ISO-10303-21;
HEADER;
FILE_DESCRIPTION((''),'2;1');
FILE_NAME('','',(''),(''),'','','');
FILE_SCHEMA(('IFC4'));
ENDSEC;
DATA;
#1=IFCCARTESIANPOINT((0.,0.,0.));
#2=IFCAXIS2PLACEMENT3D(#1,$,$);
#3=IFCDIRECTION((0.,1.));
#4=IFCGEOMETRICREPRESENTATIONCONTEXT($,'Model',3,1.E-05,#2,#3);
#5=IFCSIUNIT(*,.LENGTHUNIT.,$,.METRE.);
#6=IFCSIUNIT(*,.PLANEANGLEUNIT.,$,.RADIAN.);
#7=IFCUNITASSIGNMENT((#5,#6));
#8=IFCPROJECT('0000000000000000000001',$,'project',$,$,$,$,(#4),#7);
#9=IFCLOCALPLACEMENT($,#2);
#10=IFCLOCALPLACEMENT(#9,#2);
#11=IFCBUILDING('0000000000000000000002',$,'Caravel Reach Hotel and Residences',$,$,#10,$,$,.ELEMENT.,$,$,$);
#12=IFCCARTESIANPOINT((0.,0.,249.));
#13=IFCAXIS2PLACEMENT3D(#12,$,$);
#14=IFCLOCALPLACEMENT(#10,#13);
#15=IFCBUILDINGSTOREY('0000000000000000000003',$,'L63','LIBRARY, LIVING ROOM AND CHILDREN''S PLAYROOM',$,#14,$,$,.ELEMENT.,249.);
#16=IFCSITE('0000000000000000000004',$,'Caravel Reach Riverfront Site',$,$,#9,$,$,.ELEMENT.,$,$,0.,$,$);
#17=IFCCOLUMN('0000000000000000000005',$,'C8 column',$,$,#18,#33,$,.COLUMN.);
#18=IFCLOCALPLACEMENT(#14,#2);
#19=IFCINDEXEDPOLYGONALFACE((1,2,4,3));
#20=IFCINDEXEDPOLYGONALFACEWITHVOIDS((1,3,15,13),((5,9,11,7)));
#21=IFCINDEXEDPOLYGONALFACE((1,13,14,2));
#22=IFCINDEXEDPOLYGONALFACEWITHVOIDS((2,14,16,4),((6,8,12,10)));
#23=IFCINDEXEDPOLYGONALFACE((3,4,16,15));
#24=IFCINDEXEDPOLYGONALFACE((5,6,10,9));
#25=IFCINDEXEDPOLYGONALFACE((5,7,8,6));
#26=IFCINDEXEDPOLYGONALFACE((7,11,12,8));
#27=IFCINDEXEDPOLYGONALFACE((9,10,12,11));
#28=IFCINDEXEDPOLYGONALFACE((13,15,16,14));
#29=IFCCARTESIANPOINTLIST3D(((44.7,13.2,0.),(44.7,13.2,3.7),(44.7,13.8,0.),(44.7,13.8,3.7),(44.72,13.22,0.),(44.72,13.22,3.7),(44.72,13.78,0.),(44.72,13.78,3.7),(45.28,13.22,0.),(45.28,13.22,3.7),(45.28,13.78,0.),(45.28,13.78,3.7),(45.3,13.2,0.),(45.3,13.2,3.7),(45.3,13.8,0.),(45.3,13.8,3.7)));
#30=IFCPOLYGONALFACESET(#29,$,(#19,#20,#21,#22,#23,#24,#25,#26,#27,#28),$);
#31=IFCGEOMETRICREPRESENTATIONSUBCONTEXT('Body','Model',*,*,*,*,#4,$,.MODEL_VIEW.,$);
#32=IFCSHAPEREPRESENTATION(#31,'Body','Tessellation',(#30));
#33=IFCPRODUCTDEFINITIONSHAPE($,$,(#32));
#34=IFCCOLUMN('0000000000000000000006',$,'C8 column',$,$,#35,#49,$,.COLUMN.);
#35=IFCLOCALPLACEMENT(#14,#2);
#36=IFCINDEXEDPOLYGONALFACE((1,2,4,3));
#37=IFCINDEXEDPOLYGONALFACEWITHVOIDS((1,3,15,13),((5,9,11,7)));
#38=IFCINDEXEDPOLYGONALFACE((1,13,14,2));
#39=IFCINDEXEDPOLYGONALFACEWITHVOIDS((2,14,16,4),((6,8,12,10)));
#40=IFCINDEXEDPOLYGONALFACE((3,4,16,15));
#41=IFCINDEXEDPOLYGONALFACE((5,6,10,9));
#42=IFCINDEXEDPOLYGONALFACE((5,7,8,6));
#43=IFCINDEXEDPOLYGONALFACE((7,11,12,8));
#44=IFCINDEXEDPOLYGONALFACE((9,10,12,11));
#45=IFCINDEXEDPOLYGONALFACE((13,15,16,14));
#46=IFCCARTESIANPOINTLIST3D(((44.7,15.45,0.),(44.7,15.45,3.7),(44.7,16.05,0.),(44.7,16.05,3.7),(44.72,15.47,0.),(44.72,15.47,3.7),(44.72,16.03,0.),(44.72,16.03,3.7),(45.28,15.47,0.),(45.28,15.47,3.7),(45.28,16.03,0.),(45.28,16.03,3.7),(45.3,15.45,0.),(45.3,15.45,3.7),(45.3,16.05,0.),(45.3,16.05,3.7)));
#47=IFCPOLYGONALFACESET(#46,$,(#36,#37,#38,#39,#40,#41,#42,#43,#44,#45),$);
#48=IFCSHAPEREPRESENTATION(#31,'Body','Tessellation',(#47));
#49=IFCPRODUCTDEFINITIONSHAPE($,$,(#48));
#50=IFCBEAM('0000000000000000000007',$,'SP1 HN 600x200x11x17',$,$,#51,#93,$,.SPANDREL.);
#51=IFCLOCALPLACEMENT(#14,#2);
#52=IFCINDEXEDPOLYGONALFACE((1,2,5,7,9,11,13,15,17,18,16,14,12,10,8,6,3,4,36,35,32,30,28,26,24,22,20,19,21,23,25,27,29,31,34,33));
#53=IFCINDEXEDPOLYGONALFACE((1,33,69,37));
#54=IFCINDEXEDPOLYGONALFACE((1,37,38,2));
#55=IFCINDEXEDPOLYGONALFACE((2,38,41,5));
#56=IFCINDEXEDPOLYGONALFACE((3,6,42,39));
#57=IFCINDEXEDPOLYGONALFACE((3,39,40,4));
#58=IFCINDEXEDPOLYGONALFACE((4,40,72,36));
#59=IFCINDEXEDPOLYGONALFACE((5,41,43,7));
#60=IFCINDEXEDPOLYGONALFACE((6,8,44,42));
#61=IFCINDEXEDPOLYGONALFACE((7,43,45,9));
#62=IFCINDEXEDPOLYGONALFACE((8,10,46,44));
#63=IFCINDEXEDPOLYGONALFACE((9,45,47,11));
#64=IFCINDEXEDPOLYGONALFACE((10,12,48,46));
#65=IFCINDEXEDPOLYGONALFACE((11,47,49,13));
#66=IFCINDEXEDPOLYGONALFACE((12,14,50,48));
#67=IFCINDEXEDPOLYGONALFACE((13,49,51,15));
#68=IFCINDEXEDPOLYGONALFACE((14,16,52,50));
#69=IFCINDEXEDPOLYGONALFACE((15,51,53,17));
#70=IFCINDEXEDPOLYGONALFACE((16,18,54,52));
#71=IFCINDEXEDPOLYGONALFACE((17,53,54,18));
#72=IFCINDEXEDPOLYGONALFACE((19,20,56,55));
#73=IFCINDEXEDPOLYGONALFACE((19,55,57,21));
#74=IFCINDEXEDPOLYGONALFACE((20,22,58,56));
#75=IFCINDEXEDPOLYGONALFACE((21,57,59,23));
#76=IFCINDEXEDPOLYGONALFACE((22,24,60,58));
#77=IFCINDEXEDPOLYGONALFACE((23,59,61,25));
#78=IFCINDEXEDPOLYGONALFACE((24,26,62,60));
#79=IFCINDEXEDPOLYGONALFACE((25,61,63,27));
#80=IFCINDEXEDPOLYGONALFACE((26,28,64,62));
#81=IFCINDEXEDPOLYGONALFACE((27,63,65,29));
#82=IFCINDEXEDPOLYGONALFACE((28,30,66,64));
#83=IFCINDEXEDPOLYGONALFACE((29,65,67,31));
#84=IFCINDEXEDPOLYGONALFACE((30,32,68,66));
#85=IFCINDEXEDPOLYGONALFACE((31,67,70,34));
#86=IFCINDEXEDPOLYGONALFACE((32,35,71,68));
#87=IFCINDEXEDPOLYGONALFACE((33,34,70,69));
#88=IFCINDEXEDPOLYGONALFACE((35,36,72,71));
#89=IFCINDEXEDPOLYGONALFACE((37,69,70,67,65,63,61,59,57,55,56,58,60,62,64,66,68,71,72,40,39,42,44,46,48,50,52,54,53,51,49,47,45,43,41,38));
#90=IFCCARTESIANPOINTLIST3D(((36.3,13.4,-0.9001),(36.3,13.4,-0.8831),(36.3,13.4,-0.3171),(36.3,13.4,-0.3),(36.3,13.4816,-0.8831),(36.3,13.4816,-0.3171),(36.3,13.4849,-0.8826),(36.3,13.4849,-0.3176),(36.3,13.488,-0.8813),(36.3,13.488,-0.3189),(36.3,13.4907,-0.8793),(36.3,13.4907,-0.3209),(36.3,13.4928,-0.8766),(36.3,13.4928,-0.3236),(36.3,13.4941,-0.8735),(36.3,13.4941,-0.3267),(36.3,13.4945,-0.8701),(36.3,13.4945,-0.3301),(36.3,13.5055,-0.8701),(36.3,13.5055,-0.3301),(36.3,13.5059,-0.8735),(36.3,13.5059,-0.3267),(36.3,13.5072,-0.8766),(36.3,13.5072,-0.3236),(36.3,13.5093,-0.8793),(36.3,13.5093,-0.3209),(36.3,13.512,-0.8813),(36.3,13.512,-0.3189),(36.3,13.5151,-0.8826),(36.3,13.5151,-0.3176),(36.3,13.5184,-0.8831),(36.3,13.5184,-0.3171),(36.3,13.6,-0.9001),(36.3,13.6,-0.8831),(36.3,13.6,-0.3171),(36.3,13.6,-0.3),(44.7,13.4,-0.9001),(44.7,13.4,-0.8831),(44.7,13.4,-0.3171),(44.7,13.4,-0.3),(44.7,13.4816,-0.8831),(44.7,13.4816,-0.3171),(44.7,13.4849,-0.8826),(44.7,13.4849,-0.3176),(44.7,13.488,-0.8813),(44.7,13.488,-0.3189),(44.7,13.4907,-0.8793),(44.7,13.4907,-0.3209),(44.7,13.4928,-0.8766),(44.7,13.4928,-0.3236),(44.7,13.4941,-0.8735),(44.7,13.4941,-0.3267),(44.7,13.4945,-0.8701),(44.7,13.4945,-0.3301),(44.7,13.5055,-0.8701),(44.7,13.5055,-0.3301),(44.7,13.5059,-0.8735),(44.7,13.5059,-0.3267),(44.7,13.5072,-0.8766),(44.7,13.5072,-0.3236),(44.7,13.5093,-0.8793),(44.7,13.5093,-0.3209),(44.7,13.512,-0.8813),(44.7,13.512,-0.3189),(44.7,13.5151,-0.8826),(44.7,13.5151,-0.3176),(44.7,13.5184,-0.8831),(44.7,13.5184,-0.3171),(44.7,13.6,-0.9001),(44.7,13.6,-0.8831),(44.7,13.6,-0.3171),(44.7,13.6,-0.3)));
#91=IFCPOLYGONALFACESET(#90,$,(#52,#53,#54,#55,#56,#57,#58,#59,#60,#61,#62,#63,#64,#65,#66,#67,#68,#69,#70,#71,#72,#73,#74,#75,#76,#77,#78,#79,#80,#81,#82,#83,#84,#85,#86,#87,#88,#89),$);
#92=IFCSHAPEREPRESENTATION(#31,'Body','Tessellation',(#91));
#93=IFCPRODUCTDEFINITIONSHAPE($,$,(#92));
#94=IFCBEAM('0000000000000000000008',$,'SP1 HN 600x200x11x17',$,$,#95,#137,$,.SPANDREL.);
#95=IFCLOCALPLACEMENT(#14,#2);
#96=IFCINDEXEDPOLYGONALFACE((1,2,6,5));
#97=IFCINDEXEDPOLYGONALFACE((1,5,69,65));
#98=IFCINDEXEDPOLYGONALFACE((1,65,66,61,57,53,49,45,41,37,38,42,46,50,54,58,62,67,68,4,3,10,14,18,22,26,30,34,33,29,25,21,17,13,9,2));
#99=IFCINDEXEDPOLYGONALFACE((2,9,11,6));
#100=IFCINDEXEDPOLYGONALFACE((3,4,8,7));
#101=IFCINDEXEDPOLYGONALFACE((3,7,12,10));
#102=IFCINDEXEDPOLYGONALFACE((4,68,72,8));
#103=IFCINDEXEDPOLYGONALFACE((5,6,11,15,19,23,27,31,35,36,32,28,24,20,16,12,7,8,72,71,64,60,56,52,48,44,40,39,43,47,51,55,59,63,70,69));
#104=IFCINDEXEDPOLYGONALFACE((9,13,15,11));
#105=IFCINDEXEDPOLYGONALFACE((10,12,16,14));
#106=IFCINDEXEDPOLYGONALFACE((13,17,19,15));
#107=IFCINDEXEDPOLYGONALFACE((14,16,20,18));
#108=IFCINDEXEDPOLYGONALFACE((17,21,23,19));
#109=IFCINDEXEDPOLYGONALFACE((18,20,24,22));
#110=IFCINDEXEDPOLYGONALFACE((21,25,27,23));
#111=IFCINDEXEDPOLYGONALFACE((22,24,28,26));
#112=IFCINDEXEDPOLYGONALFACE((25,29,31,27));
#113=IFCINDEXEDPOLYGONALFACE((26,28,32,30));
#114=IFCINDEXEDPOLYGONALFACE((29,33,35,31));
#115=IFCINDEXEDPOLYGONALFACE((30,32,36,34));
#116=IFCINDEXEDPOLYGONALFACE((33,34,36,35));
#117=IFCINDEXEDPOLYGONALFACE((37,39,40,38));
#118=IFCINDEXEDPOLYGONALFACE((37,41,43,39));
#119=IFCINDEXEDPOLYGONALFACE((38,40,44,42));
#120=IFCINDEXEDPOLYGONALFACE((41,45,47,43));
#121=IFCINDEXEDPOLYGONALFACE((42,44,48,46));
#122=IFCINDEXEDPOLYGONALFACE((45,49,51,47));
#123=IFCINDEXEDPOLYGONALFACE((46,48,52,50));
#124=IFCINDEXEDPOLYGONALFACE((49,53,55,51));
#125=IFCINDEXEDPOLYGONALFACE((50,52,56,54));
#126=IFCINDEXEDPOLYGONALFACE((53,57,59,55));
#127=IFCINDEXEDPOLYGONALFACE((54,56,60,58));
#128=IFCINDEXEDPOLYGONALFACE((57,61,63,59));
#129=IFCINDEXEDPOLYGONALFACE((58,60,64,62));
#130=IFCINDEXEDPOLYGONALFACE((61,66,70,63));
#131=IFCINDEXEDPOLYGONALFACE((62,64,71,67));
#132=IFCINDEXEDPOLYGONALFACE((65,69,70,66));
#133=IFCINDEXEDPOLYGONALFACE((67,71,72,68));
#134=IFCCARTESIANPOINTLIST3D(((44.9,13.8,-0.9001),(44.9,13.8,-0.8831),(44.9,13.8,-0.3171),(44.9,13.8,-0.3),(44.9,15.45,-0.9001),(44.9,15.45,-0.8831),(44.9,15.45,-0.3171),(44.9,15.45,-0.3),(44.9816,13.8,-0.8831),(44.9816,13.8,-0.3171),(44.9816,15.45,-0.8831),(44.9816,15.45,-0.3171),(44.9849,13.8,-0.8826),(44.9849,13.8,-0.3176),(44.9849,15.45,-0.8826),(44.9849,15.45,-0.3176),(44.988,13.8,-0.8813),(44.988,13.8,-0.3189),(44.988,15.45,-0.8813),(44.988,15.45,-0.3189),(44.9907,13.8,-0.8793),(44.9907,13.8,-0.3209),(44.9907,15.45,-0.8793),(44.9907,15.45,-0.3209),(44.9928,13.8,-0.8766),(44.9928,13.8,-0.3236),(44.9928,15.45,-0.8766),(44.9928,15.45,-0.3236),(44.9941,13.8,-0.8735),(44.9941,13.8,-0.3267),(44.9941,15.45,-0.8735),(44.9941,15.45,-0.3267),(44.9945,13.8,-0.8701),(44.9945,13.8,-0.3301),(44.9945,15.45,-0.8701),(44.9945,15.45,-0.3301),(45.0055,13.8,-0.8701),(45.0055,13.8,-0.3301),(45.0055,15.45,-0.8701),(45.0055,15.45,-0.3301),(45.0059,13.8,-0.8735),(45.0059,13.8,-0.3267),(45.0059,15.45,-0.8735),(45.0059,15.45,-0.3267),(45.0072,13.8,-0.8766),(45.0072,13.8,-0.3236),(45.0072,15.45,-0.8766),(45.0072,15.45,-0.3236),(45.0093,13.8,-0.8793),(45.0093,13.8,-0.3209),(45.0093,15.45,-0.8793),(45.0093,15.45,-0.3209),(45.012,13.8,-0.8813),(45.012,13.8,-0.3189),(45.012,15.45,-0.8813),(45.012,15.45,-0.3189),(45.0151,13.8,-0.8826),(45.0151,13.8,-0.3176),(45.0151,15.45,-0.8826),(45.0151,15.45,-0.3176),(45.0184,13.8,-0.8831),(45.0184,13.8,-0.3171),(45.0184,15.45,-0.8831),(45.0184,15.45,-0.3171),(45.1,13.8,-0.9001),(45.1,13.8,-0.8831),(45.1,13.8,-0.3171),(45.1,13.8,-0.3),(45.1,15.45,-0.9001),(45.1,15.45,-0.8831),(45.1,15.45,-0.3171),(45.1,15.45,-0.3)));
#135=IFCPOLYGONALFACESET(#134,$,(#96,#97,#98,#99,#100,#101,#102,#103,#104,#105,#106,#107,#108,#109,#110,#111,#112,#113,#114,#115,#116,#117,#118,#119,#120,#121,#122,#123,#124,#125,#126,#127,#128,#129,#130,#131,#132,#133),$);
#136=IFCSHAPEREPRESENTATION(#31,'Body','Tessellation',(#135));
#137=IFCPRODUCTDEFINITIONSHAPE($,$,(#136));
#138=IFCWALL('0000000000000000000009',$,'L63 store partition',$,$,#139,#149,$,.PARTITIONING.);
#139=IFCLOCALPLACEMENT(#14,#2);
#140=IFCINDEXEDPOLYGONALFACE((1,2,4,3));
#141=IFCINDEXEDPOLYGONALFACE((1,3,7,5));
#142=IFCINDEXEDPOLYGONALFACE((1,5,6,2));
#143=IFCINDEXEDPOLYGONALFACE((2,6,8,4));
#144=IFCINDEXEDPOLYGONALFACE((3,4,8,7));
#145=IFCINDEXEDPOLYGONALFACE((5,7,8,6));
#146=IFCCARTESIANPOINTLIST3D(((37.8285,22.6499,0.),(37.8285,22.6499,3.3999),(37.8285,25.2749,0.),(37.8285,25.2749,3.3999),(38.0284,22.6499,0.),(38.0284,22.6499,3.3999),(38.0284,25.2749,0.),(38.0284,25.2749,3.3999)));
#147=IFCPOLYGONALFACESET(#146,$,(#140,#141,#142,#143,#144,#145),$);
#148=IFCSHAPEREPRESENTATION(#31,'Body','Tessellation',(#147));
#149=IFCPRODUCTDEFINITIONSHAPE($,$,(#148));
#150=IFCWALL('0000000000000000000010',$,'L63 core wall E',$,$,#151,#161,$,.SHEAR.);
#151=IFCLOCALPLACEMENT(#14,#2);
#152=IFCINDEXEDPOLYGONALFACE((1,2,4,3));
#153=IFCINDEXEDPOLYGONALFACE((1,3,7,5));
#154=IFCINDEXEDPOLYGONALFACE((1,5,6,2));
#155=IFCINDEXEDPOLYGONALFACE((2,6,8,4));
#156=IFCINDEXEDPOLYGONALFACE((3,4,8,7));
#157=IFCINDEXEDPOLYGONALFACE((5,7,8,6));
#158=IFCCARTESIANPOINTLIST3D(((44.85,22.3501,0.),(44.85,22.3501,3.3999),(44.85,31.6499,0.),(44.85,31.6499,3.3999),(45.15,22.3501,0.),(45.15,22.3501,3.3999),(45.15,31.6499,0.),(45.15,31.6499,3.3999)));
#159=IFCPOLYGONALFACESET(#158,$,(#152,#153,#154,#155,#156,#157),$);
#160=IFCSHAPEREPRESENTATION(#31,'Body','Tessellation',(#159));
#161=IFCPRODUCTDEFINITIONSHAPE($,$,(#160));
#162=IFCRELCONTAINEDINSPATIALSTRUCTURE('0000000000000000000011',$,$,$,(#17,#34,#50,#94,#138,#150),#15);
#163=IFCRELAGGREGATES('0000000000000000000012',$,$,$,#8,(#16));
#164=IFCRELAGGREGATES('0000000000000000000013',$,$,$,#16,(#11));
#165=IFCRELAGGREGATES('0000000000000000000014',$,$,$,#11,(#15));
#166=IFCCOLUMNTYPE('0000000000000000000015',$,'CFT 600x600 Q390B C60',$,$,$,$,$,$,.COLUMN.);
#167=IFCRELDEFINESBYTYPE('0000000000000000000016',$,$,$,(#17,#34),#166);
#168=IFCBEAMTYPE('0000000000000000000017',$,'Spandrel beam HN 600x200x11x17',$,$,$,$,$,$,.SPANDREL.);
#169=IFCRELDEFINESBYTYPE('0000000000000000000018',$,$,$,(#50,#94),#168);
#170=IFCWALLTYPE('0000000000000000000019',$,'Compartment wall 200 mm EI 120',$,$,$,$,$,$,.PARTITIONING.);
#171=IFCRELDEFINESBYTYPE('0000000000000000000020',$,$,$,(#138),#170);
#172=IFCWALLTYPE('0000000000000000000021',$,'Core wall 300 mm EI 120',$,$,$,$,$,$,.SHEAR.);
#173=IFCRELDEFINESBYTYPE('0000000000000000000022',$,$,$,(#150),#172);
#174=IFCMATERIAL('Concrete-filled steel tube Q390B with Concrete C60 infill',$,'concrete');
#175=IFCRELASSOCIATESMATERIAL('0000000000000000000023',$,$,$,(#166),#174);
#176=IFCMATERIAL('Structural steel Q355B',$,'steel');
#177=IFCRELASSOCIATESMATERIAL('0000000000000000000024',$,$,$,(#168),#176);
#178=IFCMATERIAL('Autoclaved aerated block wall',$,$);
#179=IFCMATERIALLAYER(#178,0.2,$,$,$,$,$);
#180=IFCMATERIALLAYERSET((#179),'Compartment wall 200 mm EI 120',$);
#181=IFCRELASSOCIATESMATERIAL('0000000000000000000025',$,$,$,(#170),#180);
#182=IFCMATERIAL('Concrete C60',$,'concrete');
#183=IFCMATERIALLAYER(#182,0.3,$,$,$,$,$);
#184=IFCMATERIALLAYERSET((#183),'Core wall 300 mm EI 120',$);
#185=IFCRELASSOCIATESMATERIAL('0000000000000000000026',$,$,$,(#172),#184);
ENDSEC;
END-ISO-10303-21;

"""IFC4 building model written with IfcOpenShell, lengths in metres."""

from ifc_helpers import new_model, si_unit, direction, frame, frame_2d, origin, origin_2d, place, context, subcontext, project, spatial, rectangle, hollow_rectangle, i_section, extrude, material, layer, layer_set, material_profile, profile_set, type_object, element, save


model = new_model("IFC4")

# Units and contexts
model_context = context("Model", 3, precision=1e-05, world=origin(), true_north=direction((0.0, 1.0)))
body_context = subcontext(model_context, "Body", "Model", "MODEL_VIEW")
ifc_project = project(units=[si_unit("LENGTHUNIT", "METRE"), si_unit("PLANEANGLEUNIT", "RADIAN")], contexts=[model_context])

# Site, building, storey
site_placement = place(None, origin())
site = spatial("IfcSite", under=ifc_project, at=site_placement, Name="Caravel Reach Riverfront Site", CompositionType="ELEMENT", RefElevation=0.0)
building_placement = place(site_placement, origin())
building = spatial("IfcBuilding", under=site, at=building_placement, Name="Caravel Reach Hotel and Residences", CompositionType="ELEMENT")
storey_placement = place(building_placement, frame((0.0, 0.0, 249.0)))
storey = spatial("IfcBuildingStorey", under=building, at=storey_placement, Name="L63", Description="LIBRARY, LIVING ROOM AND CHILDREN'S PLAYROOM", CompositionType="ELEMENT", Elevation=249.0)

# Columns
ifc_material_1 = material(Name="Concrete-filled steel tube Q390B with Concrete C60 infill", Category="concrete")
ifc_material_profile_1 = material_profile(ifc_material_1, hollow_rectangle(XDim=0.6001, YDim=0.6001, WallThickness=0.02, at=origin_2d()), Name="RHS 600x600x20")
ifc_profile_set_1 = profile_set([ifc_material_profile_1], Name="Concrete-filled steel tube Q390B with Concrete C60 infill")
column_type = type_object("IfcColumnType", Name="CFT 600x600 Q390B C60", PredefinedType="COLUMN", material=ifc_profile_set_1)
for number, where, z_axis, x_axis, name in (
    (1, (45.0, 13.5, 0.0), (0.0, 0.0, 1.0), (1.0, 0.0, 0.0), "C8 column"),
    (2, (45.0, 15.75, 0.0), (0.0, 0.0, 1.0), (1.0, 0.0, 0.0), "C8 column"),
):
    element("IfcColumn", number, at=place(storey_placement, frame(where, z_axis=z_axis, x_axis=x_axis)), inside=storey, type_object=column_type, Name=name, PredefinedType="COLUMN", context=body_context, shape_type="SweptSolid", body=[
        extrude(hollow_rectangle(XDim=0.6001, YDim=0.6001, WallThickness=0.02, at=origin_2d()), origin(), (0.0, 0.0, 1.0), 3.7),
    ])

# Beams
ifc_material_2 = material(Name="Structural steel Q355B", Category="steel")
ifc_material_profile_2 = material_profile(ifc_material_2, i_section(OverallWidth=0.2, OverallDepth=0.6001, WebThickness=0.011, FlangeThickness=0.0171, FilletRadius=0.0129, at=origin_2d()), Name="HN 600x200x11x17")
ifc_profile_set_2 = profile_set([ifc_material_profile_2], Name="Structural steel Q355B")
beam_type = type_object("IfcBeamType", Name="Spandrel beam HN 600x200x11x17", PredefinedType="SPANDREL", material=ifc_profile_set_2)
beam_1_placement = place(storey_placement, frame((36.3, 13.5, -0.6001), z_axis=(1.0, 0.0, 0.0), x_axis=(0.0, 1.0, 0.0)))
element("IfcBeam", 3, at=beam_1_placement, inside=storey, type_object=beam_type, Name="SP1 HN 600x200x11x17", PredefinedType="SPANDREL", context=body_context, shape_type="SweptSolid", body=[
    extrude(i_section(OverallWidth=0.2, OverallDepth=0.6001, WebThickness=0.011, FlangeThickness=0.0171, FilletRadius=0.0129, at=origin_2d()), origin(), (0.0, 0.0, 1.0), 8.3999),
])
beam_2_placement = place(storey_placement, frame((45.0, 13.8, -0.6001), z_axis=(0.0, 1.0, 0.0), x_axis=(-1.0, 0.0, 0.0)))
element("IfcBeam", 4, at=beam_2_placement, inside=storey, type_object=beam_type, Name="SP1 HN 600x200x11x17", PredefinedType="SPANDREL", context=body_context, shape_type="SweptSolid", body=[
    extrude(i_section(OverallWidth=0.2, OverallDepth=0.6001, WebThickness=0.011, FlangeThickness=0.0171, FilletRadius=0.0129, at=origin_2d()), origin(), (0.0, 0.0, 1.0), 1.6499),
])

# Walls
ifc_material_3 = material(Name="Autoclaved aerated block wall")
ifc_layer_1 = layer(ifc_material_3, 0.2)
ifc_layer_set_1 = layer_set([ifc_layer_1], Name="Compartment wall 200 mm EI 120")
wall_type_1 = type_object("IfcWallType", Name="Compartment wall 200 mm EI 120", PredefinedType="PARTITIONING", material=ifc_layer_set_1)
wall_1_placement = place(storey_placement, frame((37.9285, 22.6499, 0.0), z_axis=(0.0, 0.0, 1.0), x_axis=(0.0, 1.0, 0.0)))
element("IfcWall", 5, at=wall_1_placement, inside=storey, type_object=wall_type_1, Name="L63 store partition", PredefinedType="PARTITIONING", context=body_context, shape_type="SweptSolid", body=[
    extrude(rectangle(XDim=2.625, YDim=0.2, at=frame_2d((1.3125, 0.0))), origin(), (0.0, 0.0, 1.0), 3.3999),
])
ifc_material_4 = material(Name="Concrete C60", Category="concrete")
ifc_layer_2 = layer(ifc_material_4, 0.3)
ifc_layer_set_2 = layer_set([ifc_layer_2], Name="Core wall 300 mm EI 120")
wall_type_2 = type_object("IfcWallType", Name="Core wall 300 mm EI 120", PredefinedType="SHEAR", material=ifc_layer_set_2)
wall_2_placement = place(storey_placement, frame((45.0, 22.3501, 0.0), z_axis=(0.0, 0.0, 1.0), x_axis=(0.0, 1.0, 0.0)))
element("IfcWall", 6, at=wall_2_placement, inside=storey, type_object=wall_type_2, Name="L63 core wall E", PredefinedType="SHEAR", context=body_context, shape_type="SweptSolid", body=[
    extrude(rectangle(XDim=9.2998, YDim=0.3, at=frame_2d((4.6499, 0.0))), origin(), (0.0, 0.0, 1.0), 3.3999),
])

save(model, "model.ifc")
